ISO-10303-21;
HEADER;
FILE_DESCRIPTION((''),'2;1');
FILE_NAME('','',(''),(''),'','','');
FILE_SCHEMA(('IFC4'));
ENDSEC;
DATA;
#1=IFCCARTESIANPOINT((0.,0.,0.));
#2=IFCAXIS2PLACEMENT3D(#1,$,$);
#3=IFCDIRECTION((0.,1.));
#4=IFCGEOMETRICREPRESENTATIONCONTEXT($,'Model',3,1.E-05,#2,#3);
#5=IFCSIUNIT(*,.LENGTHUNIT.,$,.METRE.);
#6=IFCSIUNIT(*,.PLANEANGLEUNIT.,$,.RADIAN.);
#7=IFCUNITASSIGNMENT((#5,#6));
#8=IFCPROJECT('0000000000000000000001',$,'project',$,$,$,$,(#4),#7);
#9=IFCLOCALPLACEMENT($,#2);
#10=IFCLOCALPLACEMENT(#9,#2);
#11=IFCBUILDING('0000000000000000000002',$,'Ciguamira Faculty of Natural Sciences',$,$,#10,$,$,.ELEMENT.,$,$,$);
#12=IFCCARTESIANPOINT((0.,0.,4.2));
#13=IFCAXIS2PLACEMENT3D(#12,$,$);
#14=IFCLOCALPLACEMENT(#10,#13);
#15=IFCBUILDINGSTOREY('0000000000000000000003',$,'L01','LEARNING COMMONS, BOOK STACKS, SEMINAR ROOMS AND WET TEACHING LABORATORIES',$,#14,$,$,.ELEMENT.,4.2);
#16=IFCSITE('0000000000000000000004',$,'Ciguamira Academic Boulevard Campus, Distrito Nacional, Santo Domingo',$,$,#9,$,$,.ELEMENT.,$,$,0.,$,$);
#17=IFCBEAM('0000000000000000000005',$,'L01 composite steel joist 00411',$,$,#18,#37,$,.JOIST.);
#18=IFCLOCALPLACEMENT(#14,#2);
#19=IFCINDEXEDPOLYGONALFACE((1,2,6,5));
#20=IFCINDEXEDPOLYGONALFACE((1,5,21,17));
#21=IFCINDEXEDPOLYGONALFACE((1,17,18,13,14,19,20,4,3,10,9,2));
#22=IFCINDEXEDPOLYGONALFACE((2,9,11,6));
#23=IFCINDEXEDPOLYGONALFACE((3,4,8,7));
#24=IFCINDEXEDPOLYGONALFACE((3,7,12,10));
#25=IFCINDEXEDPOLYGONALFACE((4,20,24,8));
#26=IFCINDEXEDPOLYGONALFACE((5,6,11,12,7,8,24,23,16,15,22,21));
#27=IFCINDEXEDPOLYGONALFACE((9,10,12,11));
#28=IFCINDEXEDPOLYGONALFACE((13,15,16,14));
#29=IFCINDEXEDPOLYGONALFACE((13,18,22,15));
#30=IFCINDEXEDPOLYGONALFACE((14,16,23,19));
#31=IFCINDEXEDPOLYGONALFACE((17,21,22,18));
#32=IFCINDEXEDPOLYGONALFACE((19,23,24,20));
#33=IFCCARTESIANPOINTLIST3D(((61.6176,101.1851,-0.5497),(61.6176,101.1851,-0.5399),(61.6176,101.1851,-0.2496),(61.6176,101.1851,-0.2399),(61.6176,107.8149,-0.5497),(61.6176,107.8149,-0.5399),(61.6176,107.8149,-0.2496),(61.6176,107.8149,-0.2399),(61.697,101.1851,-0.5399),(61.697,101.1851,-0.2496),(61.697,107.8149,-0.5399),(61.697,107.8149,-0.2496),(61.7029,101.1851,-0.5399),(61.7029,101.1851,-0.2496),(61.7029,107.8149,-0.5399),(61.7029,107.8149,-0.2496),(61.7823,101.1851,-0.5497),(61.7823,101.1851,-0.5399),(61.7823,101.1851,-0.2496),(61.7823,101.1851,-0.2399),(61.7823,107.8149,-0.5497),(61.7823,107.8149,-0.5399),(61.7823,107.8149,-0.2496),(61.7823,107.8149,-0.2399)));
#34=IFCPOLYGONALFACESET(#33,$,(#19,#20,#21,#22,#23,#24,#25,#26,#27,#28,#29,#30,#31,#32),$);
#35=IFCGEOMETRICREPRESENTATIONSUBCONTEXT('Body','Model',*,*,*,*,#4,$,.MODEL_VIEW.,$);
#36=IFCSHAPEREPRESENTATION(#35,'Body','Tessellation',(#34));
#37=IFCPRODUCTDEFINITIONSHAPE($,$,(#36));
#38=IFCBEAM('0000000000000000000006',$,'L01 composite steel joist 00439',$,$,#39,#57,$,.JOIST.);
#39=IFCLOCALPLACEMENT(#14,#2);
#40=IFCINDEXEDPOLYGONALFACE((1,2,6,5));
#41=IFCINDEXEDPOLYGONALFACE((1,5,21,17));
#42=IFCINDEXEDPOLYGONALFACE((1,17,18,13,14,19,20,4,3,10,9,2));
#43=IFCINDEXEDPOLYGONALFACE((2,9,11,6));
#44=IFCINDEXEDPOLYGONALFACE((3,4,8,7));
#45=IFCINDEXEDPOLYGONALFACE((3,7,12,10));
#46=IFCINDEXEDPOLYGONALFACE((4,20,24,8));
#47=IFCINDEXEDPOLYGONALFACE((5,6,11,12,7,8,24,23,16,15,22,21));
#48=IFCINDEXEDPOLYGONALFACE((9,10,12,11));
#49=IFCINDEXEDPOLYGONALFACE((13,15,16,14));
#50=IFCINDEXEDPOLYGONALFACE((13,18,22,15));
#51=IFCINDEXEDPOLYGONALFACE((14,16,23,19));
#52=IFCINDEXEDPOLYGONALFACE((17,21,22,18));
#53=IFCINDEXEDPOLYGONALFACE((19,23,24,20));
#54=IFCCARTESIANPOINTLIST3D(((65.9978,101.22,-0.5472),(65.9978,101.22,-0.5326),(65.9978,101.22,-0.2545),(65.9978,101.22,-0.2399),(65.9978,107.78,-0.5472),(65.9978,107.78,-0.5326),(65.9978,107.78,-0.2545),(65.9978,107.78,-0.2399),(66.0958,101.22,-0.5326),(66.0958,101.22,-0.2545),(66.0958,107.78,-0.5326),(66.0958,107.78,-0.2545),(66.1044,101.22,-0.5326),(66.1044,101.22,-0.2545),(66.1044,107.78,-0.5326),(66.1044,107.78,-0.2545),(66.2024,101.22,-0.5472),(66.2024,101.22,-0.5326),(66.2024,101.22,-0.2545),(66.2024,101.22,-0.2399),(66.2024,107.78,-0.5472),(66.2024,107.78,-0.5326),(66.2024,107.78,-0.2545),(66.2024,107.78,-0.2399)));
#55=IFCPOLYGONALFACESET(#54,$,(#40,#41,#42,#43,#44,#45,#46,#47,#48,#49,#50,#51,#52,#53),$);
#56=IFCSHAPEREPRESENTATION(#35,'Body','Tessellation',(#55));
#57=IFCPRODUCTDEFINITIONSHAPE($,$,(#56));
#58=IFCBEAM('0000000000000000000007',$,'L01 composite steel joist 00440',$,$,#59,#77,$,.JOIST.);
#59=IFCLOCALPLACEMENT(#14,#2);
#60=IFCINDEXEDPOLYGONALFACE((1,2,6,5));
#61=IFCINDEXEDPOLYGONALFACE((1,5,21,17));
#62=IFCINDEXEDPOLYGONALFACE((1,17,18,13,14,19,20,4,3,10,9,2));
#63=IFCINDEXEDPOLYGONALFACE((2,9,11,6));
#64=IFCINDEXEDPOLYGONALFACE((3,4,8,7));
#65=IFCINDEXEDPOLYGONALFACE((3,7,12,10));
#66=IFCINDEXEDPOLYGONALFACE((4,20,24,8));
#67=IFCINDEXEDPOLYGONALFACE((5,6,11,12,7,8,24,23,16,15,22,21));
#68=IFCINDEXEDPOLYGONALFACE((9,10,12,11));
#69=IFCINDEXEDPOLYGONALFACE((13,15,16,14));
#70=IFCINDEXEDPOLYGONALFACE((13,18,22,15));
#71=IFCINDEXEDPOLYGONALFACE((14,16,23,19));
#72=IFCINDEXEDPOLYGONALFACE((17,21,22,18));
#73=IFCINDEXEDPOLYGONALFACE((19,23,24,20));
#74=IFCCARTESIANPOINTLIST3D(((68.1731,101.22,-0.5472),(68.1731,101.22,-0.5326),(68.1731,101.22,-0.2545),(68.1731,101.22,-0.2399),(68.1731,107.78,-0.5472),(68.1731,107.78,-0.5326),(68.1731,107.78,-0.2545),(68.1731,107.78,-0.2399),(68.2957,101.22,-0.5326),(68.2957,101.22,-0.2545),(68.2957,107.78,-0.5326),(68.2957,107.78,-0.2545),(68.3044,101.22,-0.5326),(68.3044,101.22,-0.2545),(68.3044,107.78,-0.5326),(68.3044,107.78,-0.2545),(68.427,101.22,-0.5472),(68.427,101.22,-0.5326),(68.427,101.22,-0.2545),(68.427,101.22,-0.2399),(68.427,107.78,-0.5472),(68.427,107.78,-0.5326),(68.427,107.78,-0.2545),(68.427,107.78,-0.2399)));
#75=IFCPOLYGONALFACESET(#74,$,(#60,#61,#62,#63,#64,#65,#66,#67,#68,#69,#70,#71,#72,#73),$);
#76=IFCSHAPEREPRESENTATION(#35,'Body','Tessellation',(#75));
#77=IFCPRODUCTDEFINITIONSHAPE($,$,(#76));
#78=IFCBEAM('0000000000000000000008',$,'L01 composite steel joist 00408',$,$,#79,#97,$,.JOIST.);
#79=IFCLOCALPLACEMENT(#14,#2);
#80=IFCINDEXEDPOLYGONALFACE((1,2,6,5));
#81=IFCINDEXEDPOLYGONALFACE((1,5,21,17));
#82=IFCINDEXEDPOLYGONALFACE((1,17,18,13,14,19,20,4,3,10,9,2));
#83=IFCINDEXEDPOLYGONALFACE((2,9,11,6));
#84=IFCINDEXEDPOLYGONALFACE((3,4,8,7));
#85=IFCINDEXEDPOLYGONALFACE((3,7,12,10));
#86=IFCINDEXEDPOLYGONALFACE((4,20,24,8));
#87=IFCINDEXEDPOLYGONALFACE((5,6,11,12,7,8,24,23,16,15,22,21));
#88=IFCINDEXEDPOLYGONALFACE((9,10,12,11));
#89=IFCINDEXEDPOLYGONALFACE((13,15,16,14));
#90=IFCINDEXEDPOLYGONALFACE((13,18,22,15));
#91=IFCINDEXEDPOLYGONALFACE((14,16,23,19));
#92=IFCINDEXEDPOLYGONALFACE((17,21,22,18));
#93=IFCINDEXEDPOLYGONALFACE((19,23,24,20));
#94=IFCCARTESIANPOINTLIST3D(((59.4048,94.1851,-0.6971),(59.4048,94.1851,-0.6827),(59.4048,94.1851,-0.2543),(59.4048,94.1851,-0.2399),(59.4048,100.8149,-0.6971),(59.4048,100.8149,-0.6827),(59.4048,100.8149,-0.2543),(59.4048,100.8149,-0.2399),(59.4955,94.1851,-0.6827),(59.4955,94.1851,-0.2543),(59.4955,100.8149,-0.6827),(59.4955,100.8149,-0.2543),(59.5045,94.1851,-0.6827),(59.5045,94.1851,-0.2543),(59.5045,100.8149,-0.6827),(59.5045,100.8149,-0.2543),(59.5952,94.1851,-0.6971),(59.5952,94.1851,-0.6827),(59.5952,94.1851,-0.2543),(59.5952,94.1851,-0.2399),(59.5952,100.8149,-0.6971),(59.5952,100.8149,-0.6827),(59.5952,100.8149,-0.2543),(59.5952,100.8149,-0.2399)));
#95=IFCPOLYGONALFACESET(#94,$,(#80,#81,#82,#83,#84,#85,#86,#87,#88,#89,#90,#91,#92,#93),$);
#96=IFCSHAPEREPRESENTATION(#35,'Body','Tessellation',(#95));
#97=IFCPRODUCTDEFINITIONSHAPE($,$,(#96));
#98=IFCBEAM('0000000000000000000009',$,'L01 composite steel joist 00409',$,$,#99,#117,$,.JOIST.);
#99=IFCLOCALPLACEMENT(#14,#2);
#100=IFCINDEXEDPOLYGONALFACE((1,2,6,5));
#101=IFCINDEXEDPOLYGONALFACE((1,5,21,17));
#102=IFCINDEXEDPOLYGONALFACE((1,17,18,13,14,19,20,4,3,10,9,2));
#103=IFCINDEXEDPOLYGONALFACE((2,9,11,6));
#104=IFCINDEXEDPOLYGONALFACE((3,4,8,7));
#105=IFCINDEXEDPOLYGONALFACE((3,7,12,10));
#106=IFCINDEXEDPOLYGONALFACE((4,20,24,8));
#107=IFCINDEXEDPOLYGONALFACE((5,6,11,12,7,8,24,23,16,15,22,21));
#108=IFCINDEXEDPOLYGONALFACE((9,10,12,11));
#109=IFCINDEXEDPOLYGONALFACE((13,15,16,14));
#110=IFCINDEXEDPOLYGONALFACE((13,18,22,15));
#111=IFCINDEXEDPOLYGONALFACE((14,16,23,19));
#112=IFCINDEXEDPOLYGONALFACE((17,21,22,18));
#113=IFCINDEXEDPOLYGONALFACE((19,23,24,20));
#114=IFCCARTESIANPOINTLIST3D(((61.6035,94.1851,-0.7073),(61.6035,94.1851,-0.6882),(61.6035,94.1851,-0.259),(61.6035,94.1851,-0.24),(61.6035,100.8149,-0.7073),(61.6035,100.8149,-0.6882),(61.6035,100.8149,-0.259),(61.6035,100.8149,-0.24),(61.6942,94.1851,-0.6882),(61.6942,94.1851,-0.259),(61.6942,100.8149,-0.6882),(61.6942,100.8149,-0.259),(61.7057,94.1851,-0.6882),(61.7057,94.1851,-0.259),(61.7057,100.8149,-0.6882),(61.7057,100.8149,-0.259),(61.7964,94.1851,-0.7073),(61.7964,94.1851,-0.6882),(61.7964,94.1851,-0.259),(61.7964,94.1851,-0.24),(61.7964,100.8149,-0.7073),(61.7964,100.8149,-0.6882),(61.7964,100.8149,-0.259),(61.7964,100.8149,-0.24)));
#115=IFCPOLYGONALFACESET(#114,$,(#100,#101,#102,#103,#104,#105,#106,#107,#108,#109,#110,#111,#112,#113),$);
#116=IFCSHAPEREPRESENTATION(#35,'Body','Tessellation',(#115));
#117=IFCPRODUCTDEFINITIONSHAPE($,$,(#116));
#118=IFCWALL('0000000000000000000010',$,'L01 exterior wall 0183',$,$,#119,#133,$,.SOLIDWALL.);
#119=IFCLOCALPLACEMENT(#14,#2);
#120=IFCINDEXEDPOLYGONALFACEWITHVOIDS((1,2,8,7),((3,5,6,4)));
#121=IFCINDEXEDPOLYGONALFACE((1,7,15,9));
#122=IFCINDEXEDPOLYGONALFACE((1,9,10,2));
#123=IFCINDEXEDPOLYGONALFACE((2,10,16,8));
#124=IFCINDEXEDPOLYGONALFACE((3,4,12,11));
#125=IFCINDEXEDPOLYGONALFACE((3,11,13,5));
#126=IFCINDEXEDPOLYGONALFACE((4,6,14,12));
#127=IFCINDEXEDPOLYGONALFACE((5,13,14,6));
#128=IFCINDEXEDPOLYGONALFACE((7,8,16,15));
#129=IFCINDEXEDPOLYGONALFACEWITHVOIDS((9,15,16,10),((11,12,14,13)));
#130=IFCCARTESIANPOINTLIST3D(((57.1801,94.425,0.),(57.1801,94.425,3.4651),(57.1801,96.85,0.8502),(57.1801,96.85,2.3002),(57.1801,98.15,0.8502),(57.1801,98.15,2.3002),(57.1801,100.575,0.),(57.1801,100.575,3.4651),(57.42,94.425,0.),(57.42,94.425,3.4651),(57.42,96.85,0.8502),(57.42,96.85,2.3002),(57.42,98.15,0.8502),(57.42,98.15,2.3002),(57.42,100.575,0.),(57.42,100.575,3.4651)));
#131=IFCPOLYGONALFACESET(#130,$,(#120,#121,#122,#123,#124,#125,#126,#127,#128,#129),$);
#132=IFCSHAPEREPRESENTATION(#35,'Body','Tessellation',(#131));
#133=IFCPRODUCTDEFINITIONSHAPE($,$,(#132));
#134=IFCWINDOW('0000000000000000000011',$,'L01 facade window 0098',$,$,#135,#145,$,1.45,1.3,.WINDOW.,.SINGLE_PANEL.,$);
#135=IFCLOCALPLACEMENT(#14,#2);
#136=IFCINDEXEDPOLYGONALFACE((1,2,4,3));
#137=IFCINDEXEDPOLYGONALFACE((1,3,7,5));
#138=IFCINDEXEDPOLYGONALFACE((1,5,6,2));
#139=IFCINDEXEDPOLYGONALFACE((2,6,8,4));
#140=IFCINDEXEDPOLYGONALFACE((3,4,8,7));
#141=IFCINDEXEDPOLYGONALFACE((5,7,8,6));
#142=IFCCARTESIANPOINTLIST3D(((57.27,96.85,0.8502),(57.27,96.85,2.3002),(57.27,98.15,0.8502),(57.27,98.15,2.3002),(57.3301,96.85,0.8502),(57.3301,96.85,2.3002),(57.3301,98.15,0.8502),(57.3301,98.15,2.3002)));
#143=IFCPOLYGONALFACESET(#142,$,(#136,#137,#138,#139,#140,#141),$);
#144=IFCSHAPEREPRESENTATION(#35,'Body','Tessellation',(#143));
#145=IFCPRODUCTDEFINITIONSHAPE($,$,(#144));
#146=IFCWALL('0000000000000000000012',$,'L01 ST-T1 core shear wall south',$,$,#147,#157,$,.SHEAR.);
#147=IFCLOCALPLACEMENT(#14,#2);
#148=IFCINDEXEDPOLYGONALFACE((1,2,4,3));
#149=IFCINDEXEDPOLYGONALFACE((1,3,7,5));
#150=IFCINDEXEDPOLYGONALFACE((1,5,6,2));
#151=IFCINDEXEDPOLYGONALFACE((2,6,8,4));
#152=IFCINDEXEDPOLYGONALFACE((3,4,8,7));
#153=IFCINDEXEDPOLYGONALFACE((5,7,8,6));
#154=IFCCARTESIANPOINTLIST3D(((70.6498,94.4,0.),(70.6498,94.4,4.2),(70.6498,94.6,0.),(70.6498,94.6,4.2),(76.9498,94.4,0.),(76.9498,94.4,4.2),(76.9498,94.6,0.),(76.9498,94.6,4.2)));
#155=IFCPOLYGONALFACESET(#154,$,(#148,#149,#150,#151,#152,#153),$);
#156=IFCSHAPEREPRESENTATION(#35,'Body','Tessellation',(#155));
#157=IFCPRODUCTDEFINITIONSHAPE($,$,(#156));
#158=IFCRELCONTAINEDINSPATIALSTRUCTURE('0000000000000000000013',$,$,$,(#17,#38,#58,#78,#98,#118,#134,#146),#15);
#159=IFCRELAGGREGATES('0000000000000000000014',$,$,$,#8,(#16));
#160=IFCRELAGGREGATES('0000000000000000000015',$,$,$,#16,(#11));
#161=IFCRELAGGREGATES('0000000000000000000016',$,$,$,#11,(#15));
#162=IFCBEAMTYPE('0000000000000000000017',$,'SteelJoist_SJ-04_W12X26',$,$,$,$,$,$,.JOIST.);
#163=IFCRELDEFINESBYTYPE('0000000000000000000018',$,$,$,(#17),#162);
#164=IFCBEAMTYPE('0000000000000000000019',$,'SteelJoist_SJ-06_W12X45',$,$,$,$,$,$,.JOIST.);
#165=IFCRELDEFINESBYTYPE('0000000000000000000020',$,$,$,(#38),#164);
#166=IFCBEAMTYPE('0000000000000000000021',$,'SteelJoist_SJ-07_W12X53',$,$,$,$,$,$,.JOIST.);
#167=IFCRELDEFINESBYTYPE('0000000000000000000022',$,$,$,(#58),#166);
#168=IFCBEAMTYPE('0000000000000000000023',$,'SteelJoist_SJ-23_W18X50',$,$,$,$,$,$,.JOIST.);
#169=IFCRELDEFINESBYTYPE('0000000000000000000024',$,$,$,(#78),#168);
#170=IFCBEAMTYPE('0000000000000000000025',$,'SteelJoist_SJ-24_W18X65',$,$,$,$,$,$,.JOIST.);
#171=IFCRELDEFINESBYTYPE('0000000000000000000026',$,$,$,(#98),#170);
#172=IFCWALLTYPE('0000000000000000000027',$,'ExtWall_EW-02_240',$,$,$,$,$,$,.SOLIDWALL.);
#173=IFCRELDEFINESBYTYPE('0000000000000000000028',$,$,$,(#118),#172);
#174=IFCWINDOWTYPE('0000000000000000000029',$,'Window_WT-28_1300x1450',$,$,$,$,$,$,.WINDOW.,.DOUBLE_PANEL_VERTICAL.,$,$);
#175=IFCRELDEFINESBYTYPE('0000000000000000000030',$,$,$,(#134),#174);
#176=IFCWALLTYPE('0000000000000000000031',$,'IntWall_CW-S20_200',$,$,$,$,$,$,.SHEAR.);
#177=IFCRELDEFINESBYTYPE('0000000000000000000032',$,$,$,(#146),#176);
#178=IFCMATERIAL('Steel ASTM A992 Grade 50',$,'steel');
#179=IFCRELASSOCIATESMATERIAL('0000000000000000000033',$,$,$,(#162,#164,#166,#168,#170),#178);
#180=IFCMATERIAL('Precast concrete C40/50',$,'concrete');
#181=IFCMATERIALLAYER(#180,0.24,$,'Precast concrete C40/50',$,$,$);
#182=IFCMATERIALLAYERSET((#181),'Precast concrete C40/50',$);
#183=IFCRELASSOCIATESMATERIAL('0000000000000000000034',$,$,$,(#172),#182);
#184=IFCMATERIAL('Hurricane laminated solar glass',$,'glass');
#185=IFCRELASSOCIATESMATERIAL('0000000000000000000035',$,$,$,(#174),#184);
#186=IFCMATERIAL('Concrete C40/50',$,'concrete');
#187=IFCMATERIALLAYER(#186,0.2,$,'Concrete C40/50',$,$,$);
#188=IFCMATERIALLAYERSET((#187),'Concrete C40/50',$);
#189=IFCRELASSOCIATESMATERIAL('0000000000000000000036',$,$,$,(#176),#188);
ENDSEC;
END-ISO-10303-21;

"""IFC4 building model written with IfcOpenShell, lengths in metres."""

from ifc_helpers import new_model, si_unit, direction, frame, frame_2d, origin, origin_2d, place, context, subcontext, project, spatial, rectangle, i_section, extrude, material, layer, layer_set, material_profile, profile_set, type_object, element, fill, save


model = new_model("IFC4")

# Units and contexts
model_context = context("Model", 3, precision=1e-05, world=origin(), true_north=direction((0.0, 1.0)))
body_context = subcontext(model_context, "Body", "Model", "MODEL_VIEW")
ifc_project = project(units=[si_unit("LENGTHUNIT", "METRE"), si_unit("PLANEANGLEUNIT", "RADIAN")], contexts=[model_context])

# Site, building, storey
site_placement = place(None, origin())
site = spatial("IfcSite", under=ifc_project, at=site_placement, Name="Ciguamira Academic Boulevard Campus, Distrito Nacional, Santo Domingo", CompositionType="ELEMENT", RefElevation=0.0)
building_placement = place(site_placement, origin())
building = spatial("IfcBuilding", under=site, at=building_placement, Name="Ciguamira Faculty of Natural Sciences", CompositionType="ELEMENT")
storey_placement = place(building_placement, frame((0.0, 0.0, 4.2)))
storey = spatial("IfcBuildingStorey", under=building, at=storey_placement, Name="L01", Description="LEARNING COMMONS, BOOK STACKS, SEMINAR ROOMS AND WET TEACHING LABORATORIES", CompositionType="ELEMENT", Elevation=4.2)

# Beams
ifc_material_1 = material(Name="Concrete C40/50", Category="concrete")
ifc_material_2 = material(Name="Precast concrete C40/50", Category="concrete")
ifc_material_3 = material(Name="Steel ASTM A992 Grade 50", Category="steel")
ifc_material_profile_1 = material_profile(ifc_material_3, i_section(OverallWidth=0.1648, OverallDepth=0.3098, WebThickness=0.0059, FlangeThickness=0.0098, at=origin_2d()), Name="W12X26")
ifc_profile_set_1 = profile_set([ifc_material_profile_1], Name="Steel ASTM A992 Grade 50")
beam_type_1 = type_object("IfcBeamType", Name="SteelJoist_SJ-04_W12X26", PredefinedType="JOIST", material=ifc_profile_set_1)
beam_1_placement = place(storey_placement, frame((61.7, 101.1851, -0.3948), z_axis=(0.0, 1.0, 0.0), x_axis=(-1.0, 0.0, 0.0)))
element("IfcBeam", 1, at=beam_1_placement, inside=storey, type_object=beam_type_1, Name="L01 composite steel joist 00411", PredefinedType="JOIST", context=body_context, shape_type="SweptSolid", body=[
    extrude(i_section(OverallWidth=0.1648, OverallDepth=0.3098, WebThickness=0.0059, FlangeThickness=0.0098, at=origin_2d()), origin(), (0.0, 0.0, 1.0), 6.6299),
])
ifc_material_profile_2 = material_profile(ifc_material_3, i_section(OverallWidth=0.2046, OverallDepth=0.3074, WebThickness=0.0085, FlangeThickness=0.0146, at=origin_2d()), Name="W12X45")
ifc_profile_set_2 = profile_set([ifc_material_profile_2], Name="Steel ASTM A992 Grade 50")
beam_type_2 = type_object("IfcBeamType", Name="SteelJoist_SJ-06_W12X45", PredefinedType="JOIST", material=ifc_profile_set_2)
beam_2_placement = place(storey_placement, frame((66.1001, 101.22, -0.3936), z_axis=(0.0, 1.0, 0.0), x_axis=(-1.0, 0.0, 0.0)))
element("IfcBeam", 2, at=beam_2_placement, inside=storey, type_object=beam_type_2, Name="L01 composite steel joist 00439", PredefinedType="JOIST", context=body_context, shape_type="SweptSolid", body=[
    extrude(i_section(OverallWidth=0.2046, OverallDepth=0.3074, WebThickness=0.0085, FlangeThickness=0.0146, at=origin_2d()), origin(), (0.0, 0.0, 1.0), 6.5601),
])
ifc_material_profile_3 = material_profile(ifc_material_3, i_section(OverallWidth=0.2539, OverallDepth=0.3074, WebThickness=0.0088, FlangeThickness=0.0146, at=origin_2d()), Name="W12X53")
ifc_profile_set_3 = profile_set([ifc_material_profile_3], Name="Steel ASTM A992 Grade 50")
beam_type_3 = type_object("IfcBeamType", Name="SteelJoist_SJ-07_W12X53", PredefinedType="JOIST", material=ifc_profile_set_3)
beam_3_placement = place(storey_placement, frame((68.3, 101.22, -0.3936), z_axis=(0.0, 1.0, 0.0), x_axis=(-1.0, 0.0, 0.0)))
element("IfcBeam", 3, at=beam_3_placement, inside=storey, type_object=beam_type_3, Name="L01 composite steel joist 00440", PredefinedType="JOIST", context=body_context, shape_type="SweptSolid", body=[
    extrude(i_section(OverallWidth=0.2539, OverallDepth=0.3074, WebThickness=0.0088, FlangeThickness=0.0146, at=origin_2d()), origin(), (0.0, 0.0, 1.0), 6.5601),
])
ifc_material_profile_4 = material_profile(ifc_material_3, i_section(OverallWidth=0.1904, OverallDepth=0.4573, WebThickness=0.009, FlangeThickness=0.0144, at=origin_2d()), Name="W18X50")
ifc_profile_set_4 = profile_set([ifc_material_profile_4], Name="Steel ASTM A992 Grade 50")
beam_type_4 = type_object("IfcBeamType", Name="SteelJoist_SJ-23_W18X50", PredefinedType="JOIST", material=ifc_profile_set_4)
beam_4_placement = place(storey_placement, frame((59.5, 94.1851, -0.4685), z_axis=(0.0, 1.0, 0.0), x_axis=(-1.0, 0.0, 0.0)))
element("IfcBeam", 4, at=beam_4_placement, inside=storey, type_object=beam_type_4, Name="L01 composite steel joist 00408", PredefinedType="JOIST", context=body_context, shape_type="SweptSolid", body=[
    extrude(i_section(OverallWidth=0.1904, OverallDepth=0.4573, WebThickness=0.009, FlangeThickness=0.0144, at=origin_2d()), origin(), (0.0, 0.0, 1.0), 6.6299),
])
ifc_material_profile_5 = material_profile(ifc_material_3, i_section(OverallWidth=0.1929, OverallDepth=0.4673, WebThickness=0.0115, FlangeThickness=0.019, at=origin_2d()), Name="W18X65")
ifc_profile_set_5 = profile_set([ifc_material_profile_5], Name="Steel ASTM A992 Grade 50")
beam_type_5 = type_object("IfcBeamType", Name="SteelJoist_SJ-24_W18X65", PredefinedType="JOIST", material=ifc_profile_set_5)
beam_5_placement = place(storey_placement, frame((61.7, 94.1851, -0.4736), z_axis=(0.0, 1.0, 0.0), x_axis=(-1.0, 0.0, 0.0)))
element("IfcBeam", 5, at=beam_5_placement, inside=storey, type_object=beam_type_5, Name="L01 composite steel joist 00409", PredefinedType="JOIST", context=body_context, shape_type="SweptSolid", body=[
    extrude(i_section(OverallWidth=0.1929, OverallDepth=0.4673, WebThickness=0.0115, FlangeThickness=0.019, at=origin_2d()), origin(), (0.0, 0.0, 1.0), 6.6299),
])

# Wall, opening, window
ifc_layer_1 = layer(ifc_material_2, 0.24, Name="Precast concrete C40/50")
ifc_layer_set_1 = layer_set([ifc_layer_1], Name="Precast concrete C40/50")
wall_type_1 = type_object("IfcWallType", Name="ExtWall_EW-02_240", PredefinedType="SOLIDWALL", material=ifc_layer_set_1)
wall_1_placement = place(storey_placement, frame((57.3, 94.425, 0.0), z_axis=(0.0, 0.0, 1.0), x_axis=(0.0, 1.0, 0.0)))
wall_1 = element("IfcWall", 6, at=wall_1_placement, inside=storey, type_object=wall_type_1, Name="L01 exterior wall 0183", PredefinedType="SOLIDWALL", context=body_context, shape_type="SweptSolid", body=[
    extrude(rectangle(XDim=6.1499, YDim=0.24, at=frame_2d((3.075, 0.0))), origin(), (0.0, 0.0, 1.0), 3.4651),
])
opening_1_placement = place(wall_1_placement, frame((2.425, 0.0, 0.8501)))
opening_1 = element("IfcOpeningElement", 7, at=opening_1_placement, cuts=wall_1, PredefinedType="OPENING", context=body_context, shape_type="SweptSolid", body=[
    extrude(rectangle(XDim=1.3, YDim=1.45, at=frame_2d((0.6499, 0.7251))), frame((0.0, 0.1299, 0.0), z_axis=(0.0, -1.0, 0.0), x_axis=(1.0, 0.0, 0.0)), (0.0, 0.0, 1.0), 0.26),
])
ifc_material_4 = material(Name="Hurricane laminated solar glass", Category="glass")
window_type = type_object("IfcWindowType", Name="Window_WT-28_1300x1450", PartitioningType="DOUBLE_PANEL_VERTICAL", PredefinedType="WINDOW", material=ifc_material_4)
window_placement = place(opening_1_placement, origin())
window = element("IfcWindow", 8, at=window_placement, inside=storey, type_object=window_type, Name="L01 facade window 0098", OverallHeight=1.45, OverallWidth=1.3, PartitioningType="SINGLE_PANEL", PredefinedType="WINDOW", context=body_context, shape_type="SweptSolid", body=[
    extrude(rectangle(XDim=1.3, YDim=1.45, at=frame_2d((0.6499, 0.7251))), frame((0.0, 0.03, 0.0), z_axis=(0.0, -1.0, 0.0), x_axis=(1.0, 0.0, 0.0)), (0.0, 0.0, 1.0), 0.0601),
])
fill(opening_1, window)

# Wall
ifc_layer_2 = layer(ifc_material_1, 0.2, Name="Concrete C40/50")
ifc_layer_set_2 = layer_set([ifc_layer_2], Name="Concrete C40/50")
wall_type_2 = type_object("IfcWallType", Name="IntWall_CW-S20_200", PredefinedType="SHEAR", material=ifc_layer_set_2)
wall_2_placement = place(storey_placement, frame((70.6499, 94.5, 0.0), z_axis=(0.0, 0.0, 1.0), x_axis=(1.0, 0.0, 0.0)))
element("IfcWall", 9, at=wall_2_placement, inside=storey, type_object=wall_type_2, Name="L01 ST-T1 core shear wall south", PredefinedType="SHEAR", context=body_context, shape_type="SweptSolid", body=[
    extrude(rectangle(XDim=6.3, YDim=0.2, at=frame_2d((3.1499, 0.0))), origin(), (0.0, 0.0, 1.0), 4.2),
])

save(model, "model.ifc")
